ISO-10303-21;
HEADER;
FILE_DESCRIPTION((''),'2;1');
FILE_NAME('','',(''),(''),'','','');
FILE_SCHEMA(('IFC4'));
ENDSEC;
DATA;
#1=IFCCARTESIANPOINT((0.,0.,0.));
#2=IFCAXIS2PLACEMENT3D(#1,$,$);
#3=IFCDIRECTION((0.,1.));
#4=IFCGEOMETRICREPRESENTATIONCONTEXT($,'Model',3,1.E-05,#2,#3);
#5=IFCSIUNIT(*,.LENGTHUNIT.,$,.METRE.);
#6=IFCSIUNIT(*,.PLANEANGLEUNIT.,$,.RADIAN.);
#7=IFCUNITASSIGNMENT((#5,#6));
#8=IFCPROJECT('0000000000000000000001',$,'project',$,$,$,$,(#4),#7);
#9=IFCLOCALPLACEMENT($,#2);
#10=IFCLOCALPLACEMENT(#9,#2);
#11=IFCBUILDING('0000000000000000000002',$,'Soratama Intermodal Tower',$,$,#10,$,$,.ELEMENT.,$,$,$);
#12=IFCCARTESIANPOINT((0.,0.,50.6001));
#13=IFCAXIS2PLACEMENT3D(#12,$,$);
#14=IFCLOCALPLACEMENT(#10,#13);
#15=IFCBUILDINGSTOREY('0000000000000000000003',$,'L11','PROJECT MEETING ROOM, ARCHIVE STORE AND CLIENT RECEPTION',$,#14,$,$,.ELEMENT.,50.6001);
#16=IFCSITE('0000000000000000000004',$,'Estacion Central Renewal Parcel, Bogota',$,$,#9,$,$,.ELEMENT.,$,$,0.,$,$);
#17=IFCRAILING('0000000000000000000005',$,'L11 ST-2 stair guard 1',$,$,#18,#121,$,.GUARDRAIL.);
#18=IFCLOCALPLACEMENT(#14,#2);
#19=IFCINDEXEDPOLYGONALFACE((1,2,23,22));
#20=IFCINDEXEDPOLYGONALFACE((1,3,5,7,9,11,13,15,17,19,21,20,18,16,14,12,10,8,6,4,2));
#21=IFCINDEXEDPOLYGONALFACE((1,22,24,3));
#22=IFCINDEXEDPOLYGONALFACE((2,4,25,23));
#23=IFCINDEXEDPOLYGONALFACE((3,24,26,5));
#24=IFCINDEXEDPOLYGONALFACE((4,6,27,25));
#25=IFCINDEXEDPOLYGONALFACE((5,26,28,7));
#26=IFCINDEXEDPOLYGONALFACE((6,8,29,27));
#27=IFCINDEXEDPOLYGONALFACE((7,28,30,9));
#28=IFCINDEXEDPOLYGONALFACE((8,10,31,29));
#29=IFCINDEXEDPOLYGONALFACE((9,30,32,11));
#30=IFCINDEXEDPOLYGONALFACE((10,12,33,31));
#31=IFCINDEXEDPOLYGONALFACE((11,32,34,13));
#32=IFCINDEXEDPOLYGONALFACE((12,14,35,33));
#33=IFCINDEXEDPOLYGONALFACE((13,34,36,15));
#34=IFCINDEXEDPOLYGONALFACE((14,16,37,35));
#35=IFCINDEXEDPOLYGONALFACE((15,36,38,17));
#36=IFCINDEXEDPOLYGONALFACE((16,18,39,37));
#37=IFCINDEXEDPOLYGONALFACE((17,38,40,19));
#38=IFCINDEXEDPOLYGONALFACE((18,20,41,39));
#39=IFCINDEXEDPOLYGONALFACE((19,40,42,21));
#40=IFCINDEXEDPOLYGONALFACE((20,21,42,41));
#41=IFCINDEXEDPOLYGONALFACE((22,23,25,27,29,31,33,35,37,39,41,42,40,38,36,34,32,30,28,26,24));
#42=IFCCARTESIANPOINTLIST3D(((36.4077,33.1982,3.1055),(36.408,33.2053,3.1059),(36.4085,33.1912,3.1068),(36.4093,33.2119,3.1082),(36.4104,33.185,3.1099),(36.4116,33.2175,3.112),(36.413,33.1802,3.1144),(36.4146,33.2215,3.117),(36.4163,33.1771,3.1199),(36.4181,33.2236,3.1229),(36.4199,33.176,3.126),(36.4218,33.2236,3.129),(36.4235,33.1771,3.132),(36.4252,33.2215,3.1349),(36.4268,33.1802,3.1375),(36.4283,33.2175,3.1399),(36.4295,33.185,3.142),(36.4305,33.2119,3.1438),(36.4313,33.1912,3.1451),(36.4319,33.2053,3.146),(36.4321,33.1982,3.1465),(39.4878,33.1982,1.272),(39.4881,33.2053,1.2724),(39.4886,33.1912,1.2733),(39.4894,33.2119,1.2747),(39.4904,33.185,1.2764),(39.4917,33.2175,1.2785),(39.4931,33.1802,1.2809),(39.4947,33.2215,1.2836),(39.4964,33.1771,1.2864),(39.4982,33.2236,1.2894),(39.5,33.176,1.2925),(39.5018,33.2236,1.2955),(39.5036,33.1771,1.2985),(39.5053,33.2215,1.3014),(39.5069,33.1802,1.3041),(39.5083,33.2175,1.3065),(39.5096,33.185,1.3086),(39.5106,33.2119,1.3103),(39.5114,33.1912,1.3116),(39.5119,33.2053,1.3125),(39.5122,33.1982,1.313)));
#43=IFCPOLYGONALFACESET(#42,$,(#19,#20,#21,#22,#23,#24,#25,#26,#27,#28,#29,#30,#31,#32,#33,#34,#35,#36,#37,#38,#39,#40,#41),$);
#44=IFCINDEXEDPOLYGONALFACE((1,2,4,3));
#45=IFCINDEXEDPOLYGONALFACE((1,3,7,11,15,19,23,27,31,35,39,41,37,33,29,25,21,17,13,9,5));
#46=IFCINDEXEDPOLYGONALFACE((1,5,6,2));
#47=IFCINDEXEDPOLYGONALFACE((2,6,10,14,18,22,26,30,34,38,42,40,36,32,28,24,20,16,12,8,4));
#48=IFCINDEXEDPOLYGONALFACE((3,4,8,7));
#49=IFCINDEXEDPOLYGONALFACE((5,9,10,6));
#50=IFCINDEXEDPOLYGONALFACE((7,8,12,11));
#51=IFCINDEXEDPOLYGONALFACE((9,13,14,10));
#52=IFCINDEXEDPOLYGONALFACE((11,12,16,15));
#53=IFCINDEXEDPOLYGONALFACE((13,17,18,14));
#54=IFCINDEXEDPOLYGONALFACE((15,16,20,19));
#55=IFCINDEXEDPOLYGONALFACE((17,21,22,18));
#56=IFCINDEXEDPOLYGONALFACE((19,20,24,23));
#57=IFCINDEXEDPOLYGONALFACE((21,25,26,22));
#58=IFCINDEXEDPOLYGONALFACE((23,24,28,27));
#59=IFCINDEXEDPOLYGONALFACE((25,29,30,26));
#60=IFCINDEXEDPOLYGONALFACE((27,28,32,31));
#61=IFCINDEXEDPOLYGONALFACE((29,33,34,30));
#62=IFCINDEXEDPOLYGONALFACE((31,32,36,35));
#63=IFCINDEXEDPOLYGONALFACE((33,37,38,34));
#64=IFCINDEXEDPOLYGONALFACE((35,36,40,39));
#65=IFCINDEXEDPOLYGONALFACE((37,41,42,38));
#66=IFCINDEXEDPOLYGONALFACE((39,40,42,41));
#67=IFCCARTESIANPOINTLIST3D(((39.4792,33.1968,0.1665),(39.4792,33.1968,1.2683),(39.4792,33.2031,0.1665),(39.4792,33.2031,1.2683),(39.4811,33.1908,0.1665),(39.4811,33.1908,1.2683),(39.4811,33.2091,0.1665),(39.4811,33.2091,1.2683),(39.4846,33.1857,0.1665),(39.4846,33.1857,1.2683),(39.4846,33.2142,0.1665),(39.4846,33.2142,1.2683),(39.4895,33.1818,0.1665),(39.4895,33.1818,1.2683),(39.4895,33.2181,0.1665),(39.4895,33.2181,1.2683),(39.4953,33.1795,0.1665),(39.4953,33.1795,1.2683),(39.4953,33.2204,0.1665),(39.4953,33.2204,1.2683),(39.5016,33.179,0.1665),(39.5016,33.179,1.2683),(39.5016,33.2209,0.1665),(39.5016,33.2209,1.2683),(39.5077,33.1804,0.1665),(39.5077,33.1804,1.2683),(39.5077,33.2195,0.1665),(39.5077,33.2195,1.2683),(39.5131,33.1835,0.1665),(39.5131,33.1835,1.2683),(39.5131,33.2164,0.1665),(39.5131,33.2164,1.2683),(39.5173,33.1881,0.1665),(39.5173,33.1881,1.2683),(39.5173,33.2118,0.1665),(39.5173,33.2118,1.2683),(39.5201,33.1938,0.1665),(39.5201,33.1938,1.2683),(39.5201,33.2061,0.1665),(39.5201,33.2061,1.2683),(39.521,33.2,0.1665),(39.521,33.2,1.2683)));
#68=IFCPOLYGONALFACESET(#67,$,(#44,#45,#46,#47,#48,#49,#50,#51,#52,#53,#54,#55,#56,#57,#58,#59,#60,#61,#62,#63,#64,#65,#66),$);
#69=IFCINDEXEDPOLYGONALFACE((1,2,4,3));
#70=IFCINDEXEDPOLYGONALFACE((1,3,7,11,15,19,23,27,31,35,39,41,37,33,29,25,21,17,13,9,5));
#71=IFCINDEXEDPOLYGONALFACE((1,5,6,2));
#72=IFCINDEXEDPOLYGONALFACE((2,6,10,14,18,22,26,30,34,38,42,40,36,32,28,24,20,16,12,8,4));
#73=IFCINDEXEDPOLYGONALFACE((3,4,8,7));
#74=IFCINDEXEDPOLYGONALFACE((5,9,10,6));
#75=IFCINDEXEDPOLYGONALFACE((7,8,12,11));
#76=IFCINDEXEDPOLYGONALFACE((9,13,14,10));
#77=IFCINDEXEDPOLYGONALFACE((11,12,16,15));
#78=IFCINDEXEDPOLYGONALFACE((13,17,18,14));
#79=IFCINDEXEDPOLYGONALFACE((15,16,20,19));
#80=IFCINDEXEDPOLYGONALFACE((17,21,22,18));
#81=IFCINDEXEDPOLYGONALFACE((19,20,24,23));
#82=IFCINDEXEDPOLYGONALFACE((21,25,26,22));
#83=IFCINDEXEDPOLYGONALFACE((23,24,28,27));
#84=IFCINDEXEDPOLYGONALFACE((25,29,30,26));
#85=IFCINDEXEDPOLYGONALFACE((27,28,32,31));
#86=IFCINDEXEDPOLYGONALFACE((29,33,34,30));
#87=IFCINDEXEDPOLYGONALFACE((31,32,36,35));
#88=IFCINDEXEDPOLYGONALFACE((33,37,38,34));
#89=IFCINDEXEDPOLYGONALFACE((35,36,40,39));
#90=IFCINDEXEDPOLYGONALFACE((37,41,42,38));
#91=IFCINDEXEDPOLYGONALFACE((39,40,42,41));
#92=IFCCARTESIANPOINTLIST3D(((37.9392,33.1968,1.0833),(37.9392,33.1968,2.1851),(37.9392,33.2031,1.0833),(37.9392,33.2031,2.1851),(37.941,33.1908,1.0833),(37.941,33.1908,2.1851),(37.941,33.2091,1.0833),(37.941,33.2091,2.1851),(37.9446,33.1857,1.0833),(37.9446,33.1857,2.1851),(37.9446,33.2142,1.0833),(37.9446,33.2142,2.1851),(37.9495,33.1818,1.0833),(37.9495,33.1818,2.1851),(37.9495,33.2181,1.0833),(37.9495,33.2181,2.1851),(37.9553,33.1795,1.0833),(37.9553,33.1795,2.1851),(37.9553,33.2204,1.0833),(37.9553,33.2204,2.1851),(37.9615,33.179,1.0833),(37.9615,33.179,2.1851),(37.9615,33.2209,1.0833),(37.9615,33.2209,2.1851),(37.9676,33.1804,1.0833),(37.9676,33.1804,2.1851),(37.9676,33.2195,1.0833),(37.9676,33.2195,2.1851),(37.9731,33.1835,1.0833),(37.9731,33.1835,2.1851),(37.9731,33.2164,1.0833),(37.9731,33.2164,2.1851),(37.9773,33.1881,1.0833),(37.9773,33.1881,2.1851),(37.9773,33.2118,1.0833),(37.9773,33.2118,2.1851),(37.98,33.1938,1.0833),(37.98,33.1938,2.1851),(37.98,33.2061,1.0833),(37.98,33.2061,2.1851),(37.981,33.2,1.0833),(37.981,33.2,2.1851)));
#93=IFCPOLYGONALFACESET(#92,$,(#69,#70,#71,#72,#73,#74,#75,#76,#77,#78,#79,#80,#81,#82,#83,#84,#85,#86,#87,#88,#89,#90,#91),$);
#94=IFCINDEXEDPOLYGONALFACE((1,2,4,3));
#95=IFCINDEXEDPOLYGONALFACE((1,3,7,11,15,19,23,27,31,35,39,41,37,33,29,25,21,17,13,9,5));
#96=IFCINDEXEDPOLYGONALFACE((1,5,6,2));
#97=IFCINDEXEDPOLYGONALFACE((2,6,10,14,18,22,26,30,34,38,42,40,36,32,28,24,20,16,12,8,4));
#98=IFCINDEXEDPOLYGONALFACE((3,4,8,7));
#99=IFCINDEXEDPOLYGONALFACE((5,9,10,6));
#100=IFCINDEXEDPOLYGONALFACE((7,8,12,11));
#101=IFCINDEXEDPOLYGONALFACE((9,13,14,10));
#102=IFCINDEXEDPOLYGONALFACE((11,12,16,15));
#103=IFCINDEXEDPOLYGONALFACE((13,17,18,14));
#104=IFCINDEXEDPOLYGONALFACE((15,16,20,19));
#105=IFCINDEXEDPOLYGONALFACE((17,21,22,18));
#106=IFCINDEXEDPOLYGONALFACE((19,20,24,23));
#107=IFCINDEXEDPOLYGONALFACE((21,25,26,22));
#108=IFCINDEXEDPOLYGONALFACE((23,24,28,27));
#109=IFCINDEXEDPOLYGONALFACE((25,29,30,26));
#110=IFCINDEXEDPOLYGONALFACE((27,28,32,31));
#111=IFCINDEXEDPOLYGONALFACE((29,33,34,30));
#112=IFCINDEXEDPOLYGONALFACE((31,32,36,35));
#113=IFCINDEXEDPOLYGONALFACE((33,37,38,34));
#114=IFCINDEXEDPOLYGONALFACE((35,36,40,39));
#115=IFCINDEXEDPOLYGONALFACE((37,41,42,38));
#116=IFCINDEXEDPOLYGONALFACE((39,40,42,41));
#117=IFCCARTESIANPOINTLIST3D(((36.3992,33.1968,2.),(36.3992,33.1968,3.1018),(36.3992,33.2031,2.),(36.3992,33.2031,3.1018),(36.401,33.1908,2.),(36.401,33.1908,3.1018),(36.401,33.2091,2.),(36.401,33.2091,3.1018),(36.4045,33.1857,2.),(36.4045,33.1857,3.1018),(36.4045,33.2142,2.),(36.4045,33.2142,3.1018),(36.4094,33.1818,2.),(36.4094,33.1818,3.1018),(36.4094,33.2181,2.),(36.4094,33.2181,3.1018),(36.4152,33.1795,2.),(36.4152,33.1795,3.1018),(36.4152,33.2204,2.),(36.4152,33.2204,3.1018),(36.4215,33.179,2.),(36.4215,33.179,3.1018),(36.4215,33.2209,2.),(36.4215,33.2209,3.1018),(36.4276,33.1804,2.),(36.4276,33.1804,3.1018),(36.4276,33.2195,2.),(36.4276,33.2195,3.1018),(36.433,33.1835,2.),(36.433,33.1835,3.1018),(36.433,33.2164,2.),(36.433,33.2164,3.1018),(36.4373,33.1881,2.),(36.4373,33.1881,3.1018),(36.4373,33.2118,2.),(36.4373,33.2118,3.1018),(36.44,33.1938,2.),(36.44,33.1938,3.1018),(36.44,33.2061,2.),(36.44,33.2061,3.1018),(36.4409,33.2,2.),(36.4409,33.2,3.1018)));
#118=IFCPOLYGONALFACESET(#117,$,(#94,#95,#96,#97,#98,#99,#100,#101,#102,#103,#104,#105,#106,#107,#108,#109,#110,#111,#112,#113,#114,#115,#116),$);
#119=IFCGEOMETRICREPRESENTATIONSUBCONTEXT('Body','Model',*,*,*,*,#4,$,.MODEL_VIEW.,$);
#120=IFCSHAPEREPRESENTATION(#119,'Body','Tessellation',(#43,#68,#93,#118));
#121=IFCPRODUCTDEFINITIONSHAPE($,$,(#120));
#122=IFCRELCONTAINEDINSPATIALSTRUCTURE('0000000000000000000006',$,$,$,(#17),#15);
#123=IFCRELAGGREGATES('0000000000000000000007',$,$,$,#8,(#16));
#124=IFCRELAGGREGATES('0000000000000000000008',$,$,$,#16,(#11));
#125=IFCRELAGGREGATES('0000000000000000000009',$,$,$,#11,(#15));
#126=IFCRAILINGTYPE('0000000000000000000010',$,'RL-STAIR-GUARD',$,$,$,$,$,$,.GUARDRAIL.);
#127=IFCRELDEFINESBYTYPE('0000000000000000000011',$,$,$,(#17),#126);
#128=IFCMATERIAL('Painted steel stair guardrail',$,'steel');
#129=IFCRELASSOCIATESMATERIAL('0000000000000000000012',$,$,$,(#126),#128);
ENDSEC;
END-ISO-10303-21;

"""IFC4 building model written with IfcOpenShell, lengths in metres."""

from ifc_helpers import new_model, si_unit, direction, frame, origin, origin_2d, place, context, subcontext, project, spatial, circle, extrude, material, type_object, element, save


model = new_model("IFC4")

# Units and contexts
model_context = context("Model", 3, precision=1e-05, world=origin(), true_north=direction((0.0, 1.0)))
body_context = subcontext(model_context, "Body", "Model", "MODEL_VIEW")
ifc_project = project(units=[si_unit("LENGTHUNIT", "METRE"), si_unit("PLANEANGLEUNIT", "RADIAN")], contexts=[model_context])

# Site, building, storey
site_placement = place(None, origin())
site = spatial("IfcSite", under=ifc_project, at=site_placement, Name="Estacion Central Renewal Parcel, Bogota", CompositionType="ELEMENT", RefElevation=0.0)
building_placement = place(site_placement, origin())
building = spatial("IfcBuilding", under=site, at=building_placement, Name="Soratama Intermodal Tower", CompositionType="ELEMENT")
storey_placement = place(building_placement, frame((0.0, 0.0, 50.6001)))
storey = spatial("IfcBuildingStorey", under=building, at=storey_placement, Name="L11", Description="PROJECT MEETING ROOM, ARCHIVE STORE AND CLIENT RECEPTION", CompositionType="ELEMENT", Elevation=50.6001)

# Railing
ifc_material_1 = material(Name="Painted steel stair guardrail", Category="steel")
railing_type_1 = type_object("IfcRailingType", Name="RL-STAIR-GUARD", PredefinedType="GUARDRAIL", material=ifc_material_1)
railing_1_placement = place(storey_placement, frame((39.5, 33.2, 0.1665)))
element("IfcRailing", 1, at=railing_1_placement, inside=storey, type_object=railing_type_1, Name="L11 ST-2 stair guard 1", PredefinedType="GUARDRAIL", context=body_context, shape_type="SweptSolid", body=[
    extrude(circle(Radius=0.0239, at=origin_2d()), frame((0.0, 0.0, 1.126), z_axis=(-0.859279, 0.0, 0.511508), x_axis=(0.0, -1.0, 0.0)), (0.0, 0.0, 1.0), 3.5845),
    extrude(circle(Radius=0.021, at=origin_2d()), origin(), (0.0, 0.0, 1.0), 1.1018),
    extrude(circle(Radius=0.021, at=origin_2d()), frame((-1.54, 0.0, 0.9167)), (0.0, 0.0, 1.0), 1.1018),
    extrude(circle(Radius=0.021, at=origin_2d()), frame((-3.0801, 0.0, 1.8335)), (0.0, 0.0, 1.0), 1.1018),
])

save(model, "model.ifc")
